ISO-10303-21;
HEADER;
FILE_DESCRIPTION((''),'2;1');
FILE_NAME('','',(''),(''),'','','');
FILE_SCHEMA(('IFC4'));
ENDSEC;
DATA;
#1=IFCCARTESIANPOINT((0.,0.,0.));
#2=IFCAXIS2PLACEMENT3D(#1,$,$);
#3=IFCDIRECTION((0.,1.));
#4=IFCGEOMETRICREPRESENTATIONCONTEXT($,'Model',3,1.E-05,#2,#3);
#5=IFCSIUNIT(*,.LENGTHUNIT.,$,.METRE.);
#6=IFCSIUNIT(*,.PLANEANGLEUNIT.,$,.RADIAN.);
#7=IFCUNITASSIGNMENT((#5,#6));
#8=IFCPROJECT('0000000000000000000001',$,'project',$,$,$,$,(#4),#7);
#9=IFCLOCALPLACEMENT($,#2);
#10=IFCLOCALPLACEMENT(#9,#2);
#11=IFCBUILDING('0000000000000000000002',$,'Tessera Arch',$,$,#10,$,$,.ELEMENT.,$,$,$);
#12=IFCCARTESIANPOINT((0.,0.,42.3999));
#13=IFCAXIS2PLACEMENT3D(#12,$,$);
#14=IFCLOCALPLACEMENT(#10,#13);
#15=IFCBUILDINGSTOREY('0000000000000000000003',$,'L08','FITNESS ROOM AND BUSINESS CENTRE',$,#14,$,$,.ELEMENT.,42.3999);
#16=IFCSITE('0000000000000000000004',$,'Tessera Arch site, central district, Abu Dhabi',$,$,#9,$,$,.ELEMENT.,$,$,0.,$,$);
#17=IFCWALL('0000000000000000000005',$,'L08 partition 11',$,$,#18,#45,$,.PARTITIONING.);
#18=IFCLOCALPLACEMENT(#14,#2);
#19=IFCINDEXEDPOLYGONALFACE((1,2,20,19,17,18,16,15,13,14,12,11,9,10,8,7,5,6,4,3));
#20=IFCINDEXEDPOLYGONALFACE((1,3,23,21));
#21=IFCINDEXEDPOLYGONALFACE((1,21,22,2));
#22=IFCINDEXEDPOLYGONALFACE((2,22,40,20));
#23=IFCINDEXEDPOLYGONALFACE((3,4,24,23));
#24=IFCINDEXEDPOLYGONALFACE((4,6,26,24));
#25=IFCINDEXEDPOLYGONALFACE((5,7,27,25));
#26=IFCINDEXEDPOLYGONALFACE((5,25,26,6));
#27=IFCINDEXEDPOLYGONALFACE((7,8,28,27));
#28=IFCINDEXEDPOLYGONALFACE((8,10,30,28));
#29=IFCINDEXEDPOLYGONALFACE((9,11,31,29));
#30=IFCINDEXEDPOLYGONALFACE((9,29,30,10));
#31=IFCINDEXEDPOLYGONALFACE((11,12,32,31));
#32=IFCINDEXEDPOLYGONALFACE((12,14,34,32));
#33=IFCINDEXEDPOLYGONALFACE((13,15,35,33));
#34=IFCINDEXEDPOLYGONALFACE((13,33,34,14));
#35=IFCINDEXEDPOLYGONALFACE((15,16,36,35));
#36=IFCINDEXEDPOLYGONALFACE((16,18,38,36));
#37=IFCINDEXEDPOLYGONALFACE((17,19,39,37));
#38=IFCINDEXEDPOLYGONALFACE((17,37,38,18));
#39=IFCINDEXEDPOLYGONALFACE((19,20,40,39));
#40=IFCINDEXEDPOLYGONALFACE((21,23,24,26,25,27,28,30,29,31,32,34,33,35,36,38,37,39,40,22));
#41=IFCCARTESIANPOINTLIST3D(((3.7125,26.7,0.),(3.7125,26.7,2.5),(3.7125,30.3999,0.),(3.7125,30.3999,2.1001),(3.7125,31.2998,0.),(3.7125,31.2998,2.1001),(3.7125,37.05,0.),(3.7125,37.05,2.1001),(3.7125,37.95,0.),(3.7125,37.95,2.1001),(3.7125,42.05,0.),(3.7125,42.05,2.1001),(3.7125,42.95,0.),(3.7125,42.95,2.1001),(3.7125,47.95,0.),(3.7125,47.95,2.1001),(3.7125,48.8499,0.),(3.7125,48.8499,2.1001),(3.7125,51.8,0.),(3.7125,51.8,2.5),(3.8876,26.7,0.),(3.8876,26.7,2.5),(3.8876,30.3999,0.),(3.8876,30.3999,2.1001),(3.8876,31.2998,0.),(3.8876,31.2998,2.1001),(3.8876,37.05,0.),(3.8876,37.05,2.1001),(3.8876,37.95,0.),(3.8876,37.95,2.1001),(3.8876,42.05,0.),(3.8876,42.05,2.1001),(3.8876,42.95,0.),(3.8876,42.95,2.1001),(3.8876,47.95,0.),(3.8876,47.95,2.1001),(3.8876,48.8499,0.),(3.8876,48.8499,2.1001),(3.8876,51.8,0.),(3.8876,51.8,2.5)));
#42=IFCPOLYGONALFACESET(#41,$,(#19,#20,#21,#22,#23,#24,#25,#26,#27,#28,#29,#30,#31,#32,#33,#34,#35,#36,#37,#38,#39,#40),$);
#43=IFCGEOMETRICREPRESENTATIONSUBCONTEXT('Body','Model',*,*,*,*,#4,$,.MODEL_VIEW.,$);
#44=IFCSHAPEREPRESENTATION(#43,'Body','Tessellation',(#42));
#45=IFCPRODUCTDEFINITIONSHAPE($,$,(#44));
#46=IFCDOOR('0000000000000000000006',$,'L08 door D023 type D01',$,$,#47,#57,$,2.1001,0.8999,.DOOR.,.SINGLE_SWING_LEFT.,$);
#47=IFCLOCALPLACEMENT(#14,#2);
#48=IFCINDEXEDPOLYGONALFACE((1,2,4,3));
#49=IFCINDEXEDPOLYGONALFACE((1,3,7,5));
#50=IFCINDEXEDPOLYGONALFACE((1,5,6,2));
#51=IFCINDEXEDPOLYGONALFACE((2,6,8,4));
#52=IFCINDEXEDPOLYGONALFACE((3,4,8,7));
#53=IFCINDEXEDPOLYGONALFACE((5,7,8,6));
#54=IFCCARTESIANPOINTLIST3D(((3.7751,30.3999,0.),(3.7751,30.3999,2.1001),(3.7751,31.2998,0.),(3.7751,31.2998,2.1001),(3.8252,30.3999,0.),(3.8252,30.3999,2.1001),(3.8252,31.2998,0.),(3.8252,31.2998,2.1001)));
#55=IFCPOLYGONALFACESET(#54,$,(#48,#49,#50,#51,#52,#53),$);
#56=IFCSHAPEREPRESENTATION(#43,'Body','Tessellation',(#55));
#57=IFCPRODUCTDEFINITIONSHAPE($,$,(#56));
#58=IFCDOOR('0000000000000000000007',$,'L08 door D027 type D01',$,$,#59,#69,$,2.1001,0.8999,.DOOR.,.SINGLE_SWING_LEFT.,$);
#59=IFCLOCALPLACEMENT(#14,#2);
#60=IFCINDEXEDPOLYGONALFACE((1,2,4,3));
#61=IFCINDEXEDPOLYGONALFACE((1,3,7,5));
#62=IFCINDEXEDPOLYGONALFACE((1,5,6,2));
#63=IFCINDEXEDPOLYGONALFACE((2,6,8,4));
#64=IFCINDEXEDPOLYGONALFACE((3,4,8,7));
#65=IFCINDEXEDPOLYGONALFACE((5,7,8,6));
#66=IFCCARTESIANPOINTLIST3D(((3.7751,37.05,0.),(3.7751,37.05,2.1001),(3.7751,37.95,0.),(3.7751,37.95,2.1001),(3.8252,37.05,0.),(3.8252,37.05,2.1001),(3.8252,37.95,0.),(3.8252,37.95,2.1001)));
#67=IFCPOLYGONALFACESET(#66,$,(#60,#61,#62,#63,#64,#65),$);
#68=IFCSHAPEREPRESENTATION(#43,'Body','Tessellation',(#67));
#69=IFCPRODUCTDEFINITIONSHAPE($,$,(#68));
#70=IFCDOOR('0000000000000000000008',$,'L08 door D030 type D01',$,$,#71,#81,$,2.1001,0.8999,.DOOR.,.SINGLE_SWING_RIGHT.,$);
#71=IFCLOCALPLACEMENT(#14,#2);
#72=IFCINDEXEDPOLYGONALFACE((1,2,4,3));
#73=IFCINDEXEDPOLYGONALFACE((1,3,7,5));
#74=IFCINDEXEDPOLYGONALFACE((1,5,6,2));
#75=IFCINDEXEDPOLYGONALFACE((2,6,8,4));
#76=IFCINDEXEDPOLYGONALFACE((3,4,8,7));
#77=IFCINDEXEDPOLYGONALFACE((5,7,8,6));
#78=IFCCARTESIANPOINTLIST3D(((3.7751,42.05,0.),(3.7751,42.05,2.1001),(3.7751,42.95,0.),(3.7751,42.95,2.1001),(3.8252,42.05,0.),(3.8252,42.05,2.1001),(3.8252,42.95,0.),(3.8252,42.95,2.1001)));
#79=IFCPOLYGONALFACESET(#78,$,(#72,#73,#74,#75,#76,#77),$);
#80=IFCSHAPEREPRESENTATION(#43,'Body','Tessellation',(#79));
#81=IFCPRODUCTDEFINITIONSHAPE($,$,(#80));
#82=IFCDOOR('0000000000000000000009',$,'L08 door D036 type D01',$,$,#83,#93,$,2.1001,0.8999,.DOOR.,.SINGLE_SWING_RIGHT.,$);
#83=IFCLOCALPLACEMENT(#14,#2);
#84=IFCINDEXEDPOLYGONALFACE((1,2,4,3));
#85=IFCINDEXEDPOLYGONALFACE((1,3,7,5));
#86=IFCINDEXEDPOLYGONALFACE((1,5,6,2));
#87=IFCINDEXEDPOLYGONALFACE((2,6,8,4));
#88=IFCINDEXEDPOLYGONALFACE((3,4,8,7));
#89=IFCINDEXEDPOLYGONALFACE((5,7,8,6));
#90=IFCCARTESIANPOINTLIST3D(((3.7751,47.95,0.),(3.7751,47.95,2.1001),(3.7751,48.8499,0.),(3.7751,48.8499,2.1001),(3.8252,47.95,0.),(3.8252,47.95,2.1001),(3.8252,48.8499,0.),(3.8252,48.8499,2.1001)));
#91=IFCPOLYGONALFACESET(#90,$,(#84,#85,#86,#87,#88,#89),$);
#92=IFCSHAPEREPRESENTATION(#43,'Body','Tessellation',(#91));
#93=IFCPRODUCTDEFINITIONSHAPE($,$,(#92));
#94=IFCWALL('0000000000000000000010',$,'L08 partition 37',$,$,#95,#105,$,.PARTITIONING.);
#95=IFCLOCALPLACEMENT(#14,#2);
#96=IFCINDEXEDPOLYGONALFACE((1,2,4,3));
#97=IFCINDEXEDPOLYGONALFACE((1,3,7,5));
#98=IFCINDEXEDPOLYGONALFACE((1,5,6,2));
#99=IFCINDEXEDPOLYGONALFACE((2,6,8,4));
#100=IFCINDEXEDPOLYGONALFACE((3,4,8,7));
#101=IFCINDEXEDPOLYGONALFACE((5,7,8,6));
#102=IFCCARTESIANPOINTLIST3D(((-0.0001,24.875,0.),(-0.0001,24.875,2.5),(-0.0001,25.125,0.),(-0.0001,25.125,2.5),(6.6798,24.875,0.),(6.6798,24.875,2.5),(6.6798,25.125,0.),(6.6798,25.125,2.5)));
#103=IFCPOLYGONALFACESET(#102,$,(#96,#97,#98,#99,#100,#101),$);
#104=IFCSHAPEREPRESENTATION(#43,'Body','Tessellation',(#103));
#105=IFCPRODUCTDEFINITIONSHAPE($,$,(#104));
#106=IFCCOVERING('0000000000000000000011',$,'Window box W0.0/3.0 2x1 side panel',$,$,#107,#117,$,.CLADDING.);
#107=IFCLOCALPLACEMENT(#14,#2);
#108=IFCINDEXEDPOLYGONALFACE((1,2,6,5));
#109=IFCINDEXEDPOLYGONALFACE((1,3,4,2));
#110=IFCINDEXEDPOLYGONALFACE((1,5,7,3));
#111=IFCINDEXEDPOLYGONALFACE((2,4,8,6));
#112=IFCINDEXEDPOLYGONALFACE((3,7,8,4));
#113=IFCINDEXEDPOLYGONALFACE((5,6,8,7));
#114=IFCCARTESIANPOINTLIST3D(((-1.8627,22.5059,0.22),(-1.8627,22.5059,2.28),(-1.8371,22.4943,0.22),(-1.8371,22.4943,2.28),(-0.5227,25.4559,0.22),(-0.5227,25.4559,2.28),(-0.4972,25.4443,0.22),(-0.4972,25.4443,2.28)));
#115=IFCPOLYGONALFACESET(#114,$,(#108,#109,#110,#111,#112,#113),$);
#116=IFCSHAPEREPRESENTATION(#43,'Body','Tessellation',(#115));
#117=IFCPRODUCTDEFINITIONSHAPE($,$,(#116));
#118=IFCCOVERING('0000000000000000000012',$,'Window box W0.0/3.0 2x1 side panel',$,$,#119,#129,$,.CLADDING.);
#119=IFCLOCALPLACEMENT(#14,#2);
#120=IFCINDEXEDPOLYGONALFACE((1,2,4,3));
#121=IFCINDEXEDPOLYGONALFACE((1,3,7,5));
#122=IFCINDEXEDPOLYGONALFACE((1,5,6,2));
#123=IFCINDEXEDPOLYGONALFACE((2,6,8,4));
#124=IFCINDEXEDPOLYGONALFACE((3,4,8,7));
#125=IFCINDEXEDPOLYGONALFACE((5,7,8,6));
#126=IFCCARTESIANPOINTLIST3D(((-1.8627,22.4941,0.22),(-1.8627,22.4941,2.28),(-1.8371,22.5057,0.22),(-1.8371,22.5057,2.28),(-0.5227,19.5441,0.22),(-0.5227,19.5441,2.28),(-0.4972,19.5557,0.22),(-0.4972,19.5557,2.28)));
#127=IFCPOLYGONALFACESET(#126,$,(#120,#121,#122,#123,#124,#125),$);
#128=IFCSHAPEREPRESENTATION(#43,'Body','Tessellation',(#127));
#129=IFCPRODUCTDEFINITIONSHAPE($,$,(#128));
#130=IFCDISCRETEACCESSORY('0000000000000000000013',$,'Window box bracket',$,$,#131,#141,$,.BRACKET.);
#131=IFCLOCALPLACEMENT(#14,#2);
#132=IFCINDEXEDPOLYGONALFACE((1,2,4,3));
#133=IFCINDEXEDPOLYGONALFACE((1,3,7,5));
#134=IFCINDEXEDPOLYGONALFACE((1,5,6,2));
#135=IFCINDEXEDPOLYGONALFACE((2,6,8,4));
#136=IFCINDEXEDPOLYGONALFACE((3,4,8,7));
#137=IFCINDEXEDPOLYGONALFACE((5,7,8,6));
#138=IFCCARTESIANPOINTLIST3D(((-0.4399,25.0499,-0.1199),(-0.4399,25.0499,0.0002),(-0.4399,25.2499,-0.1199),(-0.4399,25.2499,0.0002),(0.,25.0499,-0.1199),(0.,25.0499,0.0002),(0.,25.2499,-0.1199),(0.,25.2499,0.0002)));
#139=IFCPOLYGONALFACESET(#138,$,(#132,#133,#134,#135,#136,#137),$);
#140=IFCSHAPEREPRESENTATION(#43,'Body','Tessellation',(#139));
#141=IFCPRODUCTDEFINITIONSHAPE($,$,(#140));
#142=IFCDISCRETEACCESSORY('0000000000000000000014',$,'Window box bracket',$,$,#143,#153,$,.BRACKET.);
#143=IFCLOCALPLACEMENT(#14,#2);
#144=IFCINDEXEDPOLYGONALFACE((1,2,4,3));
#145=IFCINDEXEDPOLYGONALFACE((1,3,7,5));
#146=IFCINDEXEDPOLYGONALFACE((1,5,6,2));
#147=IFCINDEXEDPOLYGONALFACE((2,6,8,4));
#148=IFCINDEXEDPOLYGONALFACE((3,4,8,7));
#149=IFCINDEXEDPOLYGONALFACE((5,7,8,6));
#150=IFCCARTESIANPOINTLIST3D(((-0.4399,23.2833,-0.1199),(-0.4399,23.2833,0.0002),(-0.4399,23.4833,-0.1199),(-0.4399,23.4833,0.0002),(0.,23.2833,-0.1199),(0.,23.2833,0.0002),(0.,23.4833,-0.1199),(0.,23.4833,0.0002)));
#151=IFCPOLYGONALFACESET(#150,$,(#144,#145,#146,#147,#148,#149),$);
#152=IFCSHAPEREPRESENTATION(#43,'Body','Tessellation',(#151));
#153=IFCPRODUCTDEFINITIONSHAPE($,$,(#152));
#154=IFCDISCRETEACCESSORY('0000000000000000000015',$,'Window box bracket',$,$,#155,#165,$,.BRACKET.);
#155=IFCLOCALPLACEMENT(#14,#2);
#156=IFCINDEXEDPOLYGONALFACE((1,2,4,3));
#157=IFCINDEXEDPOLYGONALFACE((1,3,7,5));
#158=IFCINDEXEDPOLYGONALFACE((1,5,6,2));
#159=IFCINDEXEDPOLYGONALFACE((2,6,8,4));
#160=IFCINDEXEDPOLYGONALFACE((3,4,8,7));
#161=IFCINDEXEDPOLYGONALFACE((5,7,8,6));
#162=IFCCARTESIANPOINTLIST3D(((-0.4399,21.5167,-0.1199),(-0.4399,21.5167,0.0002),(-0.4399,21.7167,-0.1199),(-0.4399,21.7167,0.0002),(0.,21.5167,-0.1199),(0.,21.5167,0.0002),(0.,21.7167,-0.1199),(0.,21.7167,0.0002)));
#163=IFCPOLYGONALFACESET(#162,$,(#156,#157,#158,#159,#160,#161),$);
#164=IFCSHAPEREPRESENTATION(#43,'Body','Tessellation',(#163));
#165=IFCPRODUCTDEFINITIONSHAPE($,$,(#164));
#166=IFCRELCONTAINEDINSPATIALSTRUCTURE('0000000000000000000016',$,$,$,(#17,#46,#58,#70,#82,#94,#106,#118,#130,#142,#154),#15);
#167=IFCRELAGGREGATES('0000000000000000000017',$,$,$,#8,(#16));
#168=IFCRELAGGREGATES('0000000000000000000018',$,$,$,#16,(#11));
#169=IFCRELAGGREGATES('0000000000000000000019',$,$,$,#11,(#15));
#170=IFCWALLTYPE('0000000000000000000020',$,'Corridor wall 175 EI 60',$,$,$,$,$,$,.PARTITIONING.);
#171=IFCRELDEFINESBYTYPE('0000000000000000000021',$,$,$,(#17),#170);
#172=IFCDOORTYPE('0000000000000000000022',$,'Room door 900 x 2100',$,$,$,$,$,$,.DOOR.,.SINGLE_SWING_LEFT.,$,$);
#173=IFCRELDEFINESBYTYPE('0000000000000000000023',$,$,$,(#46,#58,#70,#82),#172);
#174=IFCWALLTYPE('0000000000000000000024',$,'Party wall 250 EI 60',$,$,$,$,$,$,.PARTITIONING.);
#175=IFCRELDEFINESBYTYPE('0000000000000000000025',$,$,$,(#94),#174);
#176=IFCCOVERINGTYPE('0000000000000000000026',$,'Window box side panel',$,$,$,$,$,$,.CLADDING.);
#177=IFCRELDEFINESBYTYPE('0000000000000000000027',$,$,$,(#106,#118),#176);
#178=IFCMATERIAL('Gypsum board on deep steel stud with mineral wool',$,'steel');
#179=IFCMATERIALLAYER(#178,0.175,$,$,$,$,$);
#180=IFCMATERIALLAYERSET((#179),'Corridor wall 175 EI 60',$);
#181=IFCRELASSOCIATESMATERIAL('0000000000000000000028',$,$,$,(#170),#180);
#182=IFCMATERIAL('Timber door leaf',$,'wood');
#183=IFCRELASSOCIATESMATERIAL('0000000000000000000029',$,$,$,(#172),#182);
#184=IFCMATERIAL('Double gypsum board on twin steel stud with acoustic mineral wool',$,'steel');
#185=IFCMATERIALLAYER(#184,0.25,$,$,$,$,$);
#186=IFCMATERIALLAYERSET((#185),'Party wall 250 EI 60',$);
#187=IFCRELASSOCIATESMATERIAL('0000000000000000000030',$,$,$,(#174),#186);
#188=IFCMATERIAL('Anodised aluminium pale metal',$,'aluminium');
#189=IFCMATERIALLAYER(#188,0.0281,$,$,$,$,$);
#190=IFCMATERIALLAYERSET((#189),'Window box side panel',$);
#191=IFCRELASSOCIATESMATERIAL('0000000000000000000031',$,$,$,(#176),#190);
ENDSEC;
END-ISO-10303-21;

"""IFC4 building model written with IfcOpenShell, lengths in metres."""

from ifc_helpers import new_model, si_unit, direction, frame, frame_2d, origin, origin_2d, place, context, subcontext, project, spatial, rectangle, extrude, material, layer, layer_set, type_object, element, fill, save


model = new_model("IFC4")

# Units and contexts
model_context = context("Model", 3, precision=1e-05, world=origin(), true_north=direction((0.0, 1.0)))
body_context = subcontext(model_context, "Body", "Model", "MODEL_VIEW")
ifc_project = project(units=[si_unit("LENGTHUNIT", "METRE"), si_unit("PLANEANGLEUNIT", "RADIAN")], contexts=[model_context])

# Site, building, storey
site_placement = place(None, origin())
site = spatial("IfcSite", under=ifc_project, at=site_placement, Name="Tessera Arch site, central district, Abu Dhabi", CompositionType="ELEMENT", RefElevation=0.0)
building_placement = place(site_placement, origin())
building = spatial("IfcBuilding", under=site, at=building_placement, Name="Tessera Arch", CompositionType="ELEMENT")
storey_placement = place(building_placement, frame((0.0, 0.0, 42.3999)))
storey = spatial("IfcBuildingStorey", under=building, at=storey_placement, Name="L08", Description="FITNESS ROOM AND BUSINESS CENTRE", CompositionType="ELEMENT", Elevation=42.3999)

# Shared definitions
ifc_material_1 = material(Name="Gypsum board on deep steel stud with mineral wool", Category="steel")
ifc_layer_1 = layer(ifc_material_1, 0.175)
ifc_layer_set_1 = layer_set([ifc_layer_1], Name="Corridor wall 175 EI 60")
wall_type_1 = type_object("IfcWallType", Name="Corridor wall 175 EI 60", PredefinedType="PARTITIONING", material=ifc_layer_set_1)

# Wall, openings, doors
wall_1_placement = place(storey_placement, frame((3.8, 26.7, 0.0), z_axis=(0.0, 0.0, 1.0), x_axis=(0.0, 1.0, 0.0)))
wall_1 = element("IfcWall", 1, at=wall_1_placement, inside=storey, type_object=wall_type_1, Name="L08 partition 11", PredefinedType="PARTITIONING", context=body_context, shape_type="SweptSolid", body=[
    extrude(rectangle(XDim=25.1001, YDim=0.175, at=frame_2d((12.55, 0.0))), origin(), (0.0, 0.0, 1.0), 2.5),
])
opening_1_placement = place(wall_1_placement, frame((3.7, 0.0, 0.0)))
opening_1 = element("IfcOpeningElement", 2, at=opening_1_placement, cuts=wall_1, PredefinedType="OPENING", context=body_context, shape_type="SweptSolid", body=[
    extrude(rectangle(XDim=0.8999, YDim=2.1001, at=frame_2d((0.45, 1.05))), frame((0.0, 0.0974, 0.0), z_axis=(0.0, -1.0, 0.0), x_axis=(1.0, 0.0, 0.0)), (0.0, 0.0, 1.0), 0.1951),
])
opening_2_placement = place(wall_1_placement, frame((10.3501, 0.0, 0.0)))
opening_2 = element("IfcOpeningElement", 3, at=opening_2_placement, cuts=wall_1, PredefinedType="OPENING", context=body_context, shape_type="SweptSolid", body=[
    extrude(rectangle(XDim=0.8999, YDim=2.1001, at=frame_2d((0.45, 1.05))), frame((0.0, 0.0974, 0.0), z_axis=(0.0, -1.0, 0.0), x_axis=(1.0, 0.0, 0.0)), (0.0, 0.0, 1.0), 0.1951),
])
opening_3_placement = place(wall_1_placement, frame((15.3501, 0.0, 0.0)))
opening_3 = element("IfcOpeningElement", 4, at=opening_3_placement, cuts=wall_1, PredefinedType="OPENING", context=body_context, shape_type="SweptSolid", body=[
    extrude(rectangle(XDim=0.8999, YDim=2.1001, at=frame_2d((0.45, 1.05))), frame((0.0, 0.0974, 0.0), z_axis=(0.0, -1.0, 0.0), x_axis=(1.0, 0.0, 0.0)), (0.0, 0.0, 1.0), 0.1951),
])
opening_4_placement = place(wall_1_placement, frame((21.25, 0.0, 0.0)))
opening_4 = element("IfcOpeningElement", 5, at=opening_4_placement, cuts=wall_1, PredefinedType="OPENING", context=body_context, shape_type="SweptSolid", body=[
    extrude(rectangle(XDim=0.8999, YDim=2.1001, at=frame_2d((0.45, 1.05))), frame((0.0, 0.0974, 0.0), z_axis=(0.0, -1.0, 0.0), x_axis=(1.0, 0.0, 0.0)), (0.0, 0.0, 1.0), 0.1951),
])
ifc_material_2 = material(Name="Timber door leaf", Category="wood")
door_type = type_object("IfcDoorType", Name="Room door 900 x 2100", OperationType="SINGLE_SWING_LEFT", PredefinedType="DOOR", material=ifc_material_2)
door_1_placement = place(opening_1_placement, origin())
door_1 = element("IfcDoor", 6, at=door_1_placement, inside=storey, type_object=door_type, Name="L08 door D023 type D01", OperationType="SINGLE_SWING_LEFT", OverallHeight=2.1001, OverallWidth=0.8999, PredefinedType="DOOR", context=body_context, shape_type="SweptSolid", body=[
    extrude(rectangle(XDim=0.8999, YDim=2.1001, at=frame_2d((0.45, 1.05))), frame((0.0, 0.0249, 0.0), z_axis=(0.0, -1.0, 0.0), x_axis=(1.0, 0.0, 0.0)), (0.0, 0.0, 1.0), 0.05),
])
fill(opening_1, door_1)
door_2_placement = place(opening_2_placement, origin())
door_2 = element("IfcDoor", 7, at=door_2_placement, inside=storey, type_object=door_type, Name="L08 door D027 type D01", OperationType="SINGLE_SWING_LEFT", OverallHeight=2.1001, OverallWidth=0.8999, PredefinedType="DOOR", context=body_context, shape_type="SweptSolid", body=[
    extrude(rectangle(XDim=0.8999, YDim=2.1001, at=frame_2d((0.45, 1.05))), frame((0.0, 0.0249, 0.0), z_axis=(0.0, -1.0, 0.0), x_axis=(1.0, 0.0, 0.0)), (0.0, 0.0, 1.0), 0.05),
])
fill(opening_2, door_2)
door_3_placement = place(opening_3_placement, origin())
door_3 = element("IfcDoor", 8, at=door_3_placement, inside=storey, type_object=door_type, Name="L08 door D030 type D01", OperationType="SINGLE_SWING_RIGHT", OverallHeight=2.1001, OverallWidth=0.8999, PredefinedType="DOOR", context=body_context, shape_type="SweptSolid", body=[
    extrude(rectangle(XDim=0.8999, YDim=2.1001, at=frame_2d((0.45, 1.05))), frame((0.0, 0.0249, 0.0), z_axis=(0.0, -1.0, 0.0), x_axis=(1.0, 0.0, 0.0)), (0.0, 0.0, 1.0), 0.05),
])
fill(opening_3, door_3)
door_4_placement = place(opening_4_placement, origin())
door_4 = element("IfcDoor", 9, at=door_4_placement, inside=storey, type_object=door_type, Name="L08 door D036 type D01", OperationType="SINGLE_SWING_RIGHT", OverallHeight=2.1001, OverallWidth=0.8999, PredefinedType="DOOR", context=body_context, shape_type="SweptSolid", body=[
    extrude(rectangle(XDim=0.8999, YDim=2.1001, at=frame_2d((0.45, 1.05))), frame((0.0, 0.0249, 0.0), z_axis=(0.0, -1.0, 0.0), x_axis=(1.0, 0.0, 0.0)), (0.0, 0.0, 1.0), 0.05),
])
fill(opening_4, door_4)

# Wall
ifc_material_3 = material(Name="Double gypsum board on twin steel stud with acoustic mineral wool", Category="steel")
ifc_layer_2 = layer(ifc_material_3, 0.25)
ifc_layer_set_2 = layer_set([ifc_layer_2], Name="Party wall 250 EI 60")
wall_type_2 = type_object("IfcWallType", Name="Party wall 250 EI 60", PredefinedType="PARTITIONING", material=ifc_layer_set_2)
wall_2_placement = place(storey_placement, frame((0.0, 25.0, 0.0), z_axis=(0.0, 0.0, 1.0), x_axis=(1.0, 0.0, 0.0)))
element("IfcWall", 10, at=wall_2_placement, inside=storey, type_object=wall_type_2, Name="L08 partition 37", PredefinedType="PARTITIONING", context=body_context, shape_type="SweptSolid", body=[
    extrude(rectangle(XDim=6.6799, YDim=0.25, at=frame_2d((3.3398, 0.0))), origin(), (0.0, 0.0, 1.0), 2.5),
])

# Coverings
ifc_material_4 = material(Name="Anodised aluminium pale metal", Category="aluminium")
ifc_layer_3 = layer(ifc_material_4, 0.0281)
ifc_layer_set_3 = layer_set([ifc_layer_3], Name="Window box side panel")
covering_type = type_object("IfcCoveringType", Name="Window box side panel", PredefinedType="CLADDING", material=ifc_layer_set_3)
for number, where, z_axis, x_axis, name in (
    (11, (-1.1799, 23.9751, 0.22), (0.0, 0.0, 1.0), (-0.41357, -0.910472, 0.0), "Window box W0.0/3.0 2x1 side panel"),
    (12, (-1.1799, 21.0249, 0.22), (0.0, 0.0, 1.0), (-0.41357, 0.910472, 0.0), "Window box W0.0/3.0 2x1 side panel"),
):
    element("IfcCovering", number, at=place(storey_placement, frame(where, z_axis=z_axis, x_axis=x_axis)), inside=storey, type_object=covering_type, Name=name, PredefinedType="CLADDING", context=body_context, shape_type="SweptSolid", body=[
        extrude(rectangle(XDim=3.24, YDim=0.0281, at=origin_2d()), origin(), (0.0, 0.0, 1.0), 2.0601),
    ])

# Discrete accessories
for number, where, z_axis, x_axis, name in (
    (13, (-0.22, 25.1499, -0.1199), (0.0, 0.0, 1.0), (-1.0, 0.0, 0.0), "Window box bracket"),
    (14, (-0.22, 23.3833, -0.1199), (0.0, 0.0, 1.0), (-1.0, 0.0, 0.0), "Window box bracket"),
    (15, (-0.22, 21.6167, -0.1199), (0.0, 0.0, 1.0), (-1.0, 0.0, 0.0), "Window box bracket"),
):
    element("IfcDiscreteAccessory", number, at=place(storey_placement, frame(where, z_axis=z_axis, x_axis=x_axis)), inside=storey, Name=name, PredefinedType="BRACKET", context=body_context, shape_type="SweptSolid", body=[
        extrude(rectangle(XDim=0.4399, YDim=0.2, at=origin_2d()), origin(), (0.0, 0.0, 1.0), 0.1201),
    ])

save(model, "model.ifc")
